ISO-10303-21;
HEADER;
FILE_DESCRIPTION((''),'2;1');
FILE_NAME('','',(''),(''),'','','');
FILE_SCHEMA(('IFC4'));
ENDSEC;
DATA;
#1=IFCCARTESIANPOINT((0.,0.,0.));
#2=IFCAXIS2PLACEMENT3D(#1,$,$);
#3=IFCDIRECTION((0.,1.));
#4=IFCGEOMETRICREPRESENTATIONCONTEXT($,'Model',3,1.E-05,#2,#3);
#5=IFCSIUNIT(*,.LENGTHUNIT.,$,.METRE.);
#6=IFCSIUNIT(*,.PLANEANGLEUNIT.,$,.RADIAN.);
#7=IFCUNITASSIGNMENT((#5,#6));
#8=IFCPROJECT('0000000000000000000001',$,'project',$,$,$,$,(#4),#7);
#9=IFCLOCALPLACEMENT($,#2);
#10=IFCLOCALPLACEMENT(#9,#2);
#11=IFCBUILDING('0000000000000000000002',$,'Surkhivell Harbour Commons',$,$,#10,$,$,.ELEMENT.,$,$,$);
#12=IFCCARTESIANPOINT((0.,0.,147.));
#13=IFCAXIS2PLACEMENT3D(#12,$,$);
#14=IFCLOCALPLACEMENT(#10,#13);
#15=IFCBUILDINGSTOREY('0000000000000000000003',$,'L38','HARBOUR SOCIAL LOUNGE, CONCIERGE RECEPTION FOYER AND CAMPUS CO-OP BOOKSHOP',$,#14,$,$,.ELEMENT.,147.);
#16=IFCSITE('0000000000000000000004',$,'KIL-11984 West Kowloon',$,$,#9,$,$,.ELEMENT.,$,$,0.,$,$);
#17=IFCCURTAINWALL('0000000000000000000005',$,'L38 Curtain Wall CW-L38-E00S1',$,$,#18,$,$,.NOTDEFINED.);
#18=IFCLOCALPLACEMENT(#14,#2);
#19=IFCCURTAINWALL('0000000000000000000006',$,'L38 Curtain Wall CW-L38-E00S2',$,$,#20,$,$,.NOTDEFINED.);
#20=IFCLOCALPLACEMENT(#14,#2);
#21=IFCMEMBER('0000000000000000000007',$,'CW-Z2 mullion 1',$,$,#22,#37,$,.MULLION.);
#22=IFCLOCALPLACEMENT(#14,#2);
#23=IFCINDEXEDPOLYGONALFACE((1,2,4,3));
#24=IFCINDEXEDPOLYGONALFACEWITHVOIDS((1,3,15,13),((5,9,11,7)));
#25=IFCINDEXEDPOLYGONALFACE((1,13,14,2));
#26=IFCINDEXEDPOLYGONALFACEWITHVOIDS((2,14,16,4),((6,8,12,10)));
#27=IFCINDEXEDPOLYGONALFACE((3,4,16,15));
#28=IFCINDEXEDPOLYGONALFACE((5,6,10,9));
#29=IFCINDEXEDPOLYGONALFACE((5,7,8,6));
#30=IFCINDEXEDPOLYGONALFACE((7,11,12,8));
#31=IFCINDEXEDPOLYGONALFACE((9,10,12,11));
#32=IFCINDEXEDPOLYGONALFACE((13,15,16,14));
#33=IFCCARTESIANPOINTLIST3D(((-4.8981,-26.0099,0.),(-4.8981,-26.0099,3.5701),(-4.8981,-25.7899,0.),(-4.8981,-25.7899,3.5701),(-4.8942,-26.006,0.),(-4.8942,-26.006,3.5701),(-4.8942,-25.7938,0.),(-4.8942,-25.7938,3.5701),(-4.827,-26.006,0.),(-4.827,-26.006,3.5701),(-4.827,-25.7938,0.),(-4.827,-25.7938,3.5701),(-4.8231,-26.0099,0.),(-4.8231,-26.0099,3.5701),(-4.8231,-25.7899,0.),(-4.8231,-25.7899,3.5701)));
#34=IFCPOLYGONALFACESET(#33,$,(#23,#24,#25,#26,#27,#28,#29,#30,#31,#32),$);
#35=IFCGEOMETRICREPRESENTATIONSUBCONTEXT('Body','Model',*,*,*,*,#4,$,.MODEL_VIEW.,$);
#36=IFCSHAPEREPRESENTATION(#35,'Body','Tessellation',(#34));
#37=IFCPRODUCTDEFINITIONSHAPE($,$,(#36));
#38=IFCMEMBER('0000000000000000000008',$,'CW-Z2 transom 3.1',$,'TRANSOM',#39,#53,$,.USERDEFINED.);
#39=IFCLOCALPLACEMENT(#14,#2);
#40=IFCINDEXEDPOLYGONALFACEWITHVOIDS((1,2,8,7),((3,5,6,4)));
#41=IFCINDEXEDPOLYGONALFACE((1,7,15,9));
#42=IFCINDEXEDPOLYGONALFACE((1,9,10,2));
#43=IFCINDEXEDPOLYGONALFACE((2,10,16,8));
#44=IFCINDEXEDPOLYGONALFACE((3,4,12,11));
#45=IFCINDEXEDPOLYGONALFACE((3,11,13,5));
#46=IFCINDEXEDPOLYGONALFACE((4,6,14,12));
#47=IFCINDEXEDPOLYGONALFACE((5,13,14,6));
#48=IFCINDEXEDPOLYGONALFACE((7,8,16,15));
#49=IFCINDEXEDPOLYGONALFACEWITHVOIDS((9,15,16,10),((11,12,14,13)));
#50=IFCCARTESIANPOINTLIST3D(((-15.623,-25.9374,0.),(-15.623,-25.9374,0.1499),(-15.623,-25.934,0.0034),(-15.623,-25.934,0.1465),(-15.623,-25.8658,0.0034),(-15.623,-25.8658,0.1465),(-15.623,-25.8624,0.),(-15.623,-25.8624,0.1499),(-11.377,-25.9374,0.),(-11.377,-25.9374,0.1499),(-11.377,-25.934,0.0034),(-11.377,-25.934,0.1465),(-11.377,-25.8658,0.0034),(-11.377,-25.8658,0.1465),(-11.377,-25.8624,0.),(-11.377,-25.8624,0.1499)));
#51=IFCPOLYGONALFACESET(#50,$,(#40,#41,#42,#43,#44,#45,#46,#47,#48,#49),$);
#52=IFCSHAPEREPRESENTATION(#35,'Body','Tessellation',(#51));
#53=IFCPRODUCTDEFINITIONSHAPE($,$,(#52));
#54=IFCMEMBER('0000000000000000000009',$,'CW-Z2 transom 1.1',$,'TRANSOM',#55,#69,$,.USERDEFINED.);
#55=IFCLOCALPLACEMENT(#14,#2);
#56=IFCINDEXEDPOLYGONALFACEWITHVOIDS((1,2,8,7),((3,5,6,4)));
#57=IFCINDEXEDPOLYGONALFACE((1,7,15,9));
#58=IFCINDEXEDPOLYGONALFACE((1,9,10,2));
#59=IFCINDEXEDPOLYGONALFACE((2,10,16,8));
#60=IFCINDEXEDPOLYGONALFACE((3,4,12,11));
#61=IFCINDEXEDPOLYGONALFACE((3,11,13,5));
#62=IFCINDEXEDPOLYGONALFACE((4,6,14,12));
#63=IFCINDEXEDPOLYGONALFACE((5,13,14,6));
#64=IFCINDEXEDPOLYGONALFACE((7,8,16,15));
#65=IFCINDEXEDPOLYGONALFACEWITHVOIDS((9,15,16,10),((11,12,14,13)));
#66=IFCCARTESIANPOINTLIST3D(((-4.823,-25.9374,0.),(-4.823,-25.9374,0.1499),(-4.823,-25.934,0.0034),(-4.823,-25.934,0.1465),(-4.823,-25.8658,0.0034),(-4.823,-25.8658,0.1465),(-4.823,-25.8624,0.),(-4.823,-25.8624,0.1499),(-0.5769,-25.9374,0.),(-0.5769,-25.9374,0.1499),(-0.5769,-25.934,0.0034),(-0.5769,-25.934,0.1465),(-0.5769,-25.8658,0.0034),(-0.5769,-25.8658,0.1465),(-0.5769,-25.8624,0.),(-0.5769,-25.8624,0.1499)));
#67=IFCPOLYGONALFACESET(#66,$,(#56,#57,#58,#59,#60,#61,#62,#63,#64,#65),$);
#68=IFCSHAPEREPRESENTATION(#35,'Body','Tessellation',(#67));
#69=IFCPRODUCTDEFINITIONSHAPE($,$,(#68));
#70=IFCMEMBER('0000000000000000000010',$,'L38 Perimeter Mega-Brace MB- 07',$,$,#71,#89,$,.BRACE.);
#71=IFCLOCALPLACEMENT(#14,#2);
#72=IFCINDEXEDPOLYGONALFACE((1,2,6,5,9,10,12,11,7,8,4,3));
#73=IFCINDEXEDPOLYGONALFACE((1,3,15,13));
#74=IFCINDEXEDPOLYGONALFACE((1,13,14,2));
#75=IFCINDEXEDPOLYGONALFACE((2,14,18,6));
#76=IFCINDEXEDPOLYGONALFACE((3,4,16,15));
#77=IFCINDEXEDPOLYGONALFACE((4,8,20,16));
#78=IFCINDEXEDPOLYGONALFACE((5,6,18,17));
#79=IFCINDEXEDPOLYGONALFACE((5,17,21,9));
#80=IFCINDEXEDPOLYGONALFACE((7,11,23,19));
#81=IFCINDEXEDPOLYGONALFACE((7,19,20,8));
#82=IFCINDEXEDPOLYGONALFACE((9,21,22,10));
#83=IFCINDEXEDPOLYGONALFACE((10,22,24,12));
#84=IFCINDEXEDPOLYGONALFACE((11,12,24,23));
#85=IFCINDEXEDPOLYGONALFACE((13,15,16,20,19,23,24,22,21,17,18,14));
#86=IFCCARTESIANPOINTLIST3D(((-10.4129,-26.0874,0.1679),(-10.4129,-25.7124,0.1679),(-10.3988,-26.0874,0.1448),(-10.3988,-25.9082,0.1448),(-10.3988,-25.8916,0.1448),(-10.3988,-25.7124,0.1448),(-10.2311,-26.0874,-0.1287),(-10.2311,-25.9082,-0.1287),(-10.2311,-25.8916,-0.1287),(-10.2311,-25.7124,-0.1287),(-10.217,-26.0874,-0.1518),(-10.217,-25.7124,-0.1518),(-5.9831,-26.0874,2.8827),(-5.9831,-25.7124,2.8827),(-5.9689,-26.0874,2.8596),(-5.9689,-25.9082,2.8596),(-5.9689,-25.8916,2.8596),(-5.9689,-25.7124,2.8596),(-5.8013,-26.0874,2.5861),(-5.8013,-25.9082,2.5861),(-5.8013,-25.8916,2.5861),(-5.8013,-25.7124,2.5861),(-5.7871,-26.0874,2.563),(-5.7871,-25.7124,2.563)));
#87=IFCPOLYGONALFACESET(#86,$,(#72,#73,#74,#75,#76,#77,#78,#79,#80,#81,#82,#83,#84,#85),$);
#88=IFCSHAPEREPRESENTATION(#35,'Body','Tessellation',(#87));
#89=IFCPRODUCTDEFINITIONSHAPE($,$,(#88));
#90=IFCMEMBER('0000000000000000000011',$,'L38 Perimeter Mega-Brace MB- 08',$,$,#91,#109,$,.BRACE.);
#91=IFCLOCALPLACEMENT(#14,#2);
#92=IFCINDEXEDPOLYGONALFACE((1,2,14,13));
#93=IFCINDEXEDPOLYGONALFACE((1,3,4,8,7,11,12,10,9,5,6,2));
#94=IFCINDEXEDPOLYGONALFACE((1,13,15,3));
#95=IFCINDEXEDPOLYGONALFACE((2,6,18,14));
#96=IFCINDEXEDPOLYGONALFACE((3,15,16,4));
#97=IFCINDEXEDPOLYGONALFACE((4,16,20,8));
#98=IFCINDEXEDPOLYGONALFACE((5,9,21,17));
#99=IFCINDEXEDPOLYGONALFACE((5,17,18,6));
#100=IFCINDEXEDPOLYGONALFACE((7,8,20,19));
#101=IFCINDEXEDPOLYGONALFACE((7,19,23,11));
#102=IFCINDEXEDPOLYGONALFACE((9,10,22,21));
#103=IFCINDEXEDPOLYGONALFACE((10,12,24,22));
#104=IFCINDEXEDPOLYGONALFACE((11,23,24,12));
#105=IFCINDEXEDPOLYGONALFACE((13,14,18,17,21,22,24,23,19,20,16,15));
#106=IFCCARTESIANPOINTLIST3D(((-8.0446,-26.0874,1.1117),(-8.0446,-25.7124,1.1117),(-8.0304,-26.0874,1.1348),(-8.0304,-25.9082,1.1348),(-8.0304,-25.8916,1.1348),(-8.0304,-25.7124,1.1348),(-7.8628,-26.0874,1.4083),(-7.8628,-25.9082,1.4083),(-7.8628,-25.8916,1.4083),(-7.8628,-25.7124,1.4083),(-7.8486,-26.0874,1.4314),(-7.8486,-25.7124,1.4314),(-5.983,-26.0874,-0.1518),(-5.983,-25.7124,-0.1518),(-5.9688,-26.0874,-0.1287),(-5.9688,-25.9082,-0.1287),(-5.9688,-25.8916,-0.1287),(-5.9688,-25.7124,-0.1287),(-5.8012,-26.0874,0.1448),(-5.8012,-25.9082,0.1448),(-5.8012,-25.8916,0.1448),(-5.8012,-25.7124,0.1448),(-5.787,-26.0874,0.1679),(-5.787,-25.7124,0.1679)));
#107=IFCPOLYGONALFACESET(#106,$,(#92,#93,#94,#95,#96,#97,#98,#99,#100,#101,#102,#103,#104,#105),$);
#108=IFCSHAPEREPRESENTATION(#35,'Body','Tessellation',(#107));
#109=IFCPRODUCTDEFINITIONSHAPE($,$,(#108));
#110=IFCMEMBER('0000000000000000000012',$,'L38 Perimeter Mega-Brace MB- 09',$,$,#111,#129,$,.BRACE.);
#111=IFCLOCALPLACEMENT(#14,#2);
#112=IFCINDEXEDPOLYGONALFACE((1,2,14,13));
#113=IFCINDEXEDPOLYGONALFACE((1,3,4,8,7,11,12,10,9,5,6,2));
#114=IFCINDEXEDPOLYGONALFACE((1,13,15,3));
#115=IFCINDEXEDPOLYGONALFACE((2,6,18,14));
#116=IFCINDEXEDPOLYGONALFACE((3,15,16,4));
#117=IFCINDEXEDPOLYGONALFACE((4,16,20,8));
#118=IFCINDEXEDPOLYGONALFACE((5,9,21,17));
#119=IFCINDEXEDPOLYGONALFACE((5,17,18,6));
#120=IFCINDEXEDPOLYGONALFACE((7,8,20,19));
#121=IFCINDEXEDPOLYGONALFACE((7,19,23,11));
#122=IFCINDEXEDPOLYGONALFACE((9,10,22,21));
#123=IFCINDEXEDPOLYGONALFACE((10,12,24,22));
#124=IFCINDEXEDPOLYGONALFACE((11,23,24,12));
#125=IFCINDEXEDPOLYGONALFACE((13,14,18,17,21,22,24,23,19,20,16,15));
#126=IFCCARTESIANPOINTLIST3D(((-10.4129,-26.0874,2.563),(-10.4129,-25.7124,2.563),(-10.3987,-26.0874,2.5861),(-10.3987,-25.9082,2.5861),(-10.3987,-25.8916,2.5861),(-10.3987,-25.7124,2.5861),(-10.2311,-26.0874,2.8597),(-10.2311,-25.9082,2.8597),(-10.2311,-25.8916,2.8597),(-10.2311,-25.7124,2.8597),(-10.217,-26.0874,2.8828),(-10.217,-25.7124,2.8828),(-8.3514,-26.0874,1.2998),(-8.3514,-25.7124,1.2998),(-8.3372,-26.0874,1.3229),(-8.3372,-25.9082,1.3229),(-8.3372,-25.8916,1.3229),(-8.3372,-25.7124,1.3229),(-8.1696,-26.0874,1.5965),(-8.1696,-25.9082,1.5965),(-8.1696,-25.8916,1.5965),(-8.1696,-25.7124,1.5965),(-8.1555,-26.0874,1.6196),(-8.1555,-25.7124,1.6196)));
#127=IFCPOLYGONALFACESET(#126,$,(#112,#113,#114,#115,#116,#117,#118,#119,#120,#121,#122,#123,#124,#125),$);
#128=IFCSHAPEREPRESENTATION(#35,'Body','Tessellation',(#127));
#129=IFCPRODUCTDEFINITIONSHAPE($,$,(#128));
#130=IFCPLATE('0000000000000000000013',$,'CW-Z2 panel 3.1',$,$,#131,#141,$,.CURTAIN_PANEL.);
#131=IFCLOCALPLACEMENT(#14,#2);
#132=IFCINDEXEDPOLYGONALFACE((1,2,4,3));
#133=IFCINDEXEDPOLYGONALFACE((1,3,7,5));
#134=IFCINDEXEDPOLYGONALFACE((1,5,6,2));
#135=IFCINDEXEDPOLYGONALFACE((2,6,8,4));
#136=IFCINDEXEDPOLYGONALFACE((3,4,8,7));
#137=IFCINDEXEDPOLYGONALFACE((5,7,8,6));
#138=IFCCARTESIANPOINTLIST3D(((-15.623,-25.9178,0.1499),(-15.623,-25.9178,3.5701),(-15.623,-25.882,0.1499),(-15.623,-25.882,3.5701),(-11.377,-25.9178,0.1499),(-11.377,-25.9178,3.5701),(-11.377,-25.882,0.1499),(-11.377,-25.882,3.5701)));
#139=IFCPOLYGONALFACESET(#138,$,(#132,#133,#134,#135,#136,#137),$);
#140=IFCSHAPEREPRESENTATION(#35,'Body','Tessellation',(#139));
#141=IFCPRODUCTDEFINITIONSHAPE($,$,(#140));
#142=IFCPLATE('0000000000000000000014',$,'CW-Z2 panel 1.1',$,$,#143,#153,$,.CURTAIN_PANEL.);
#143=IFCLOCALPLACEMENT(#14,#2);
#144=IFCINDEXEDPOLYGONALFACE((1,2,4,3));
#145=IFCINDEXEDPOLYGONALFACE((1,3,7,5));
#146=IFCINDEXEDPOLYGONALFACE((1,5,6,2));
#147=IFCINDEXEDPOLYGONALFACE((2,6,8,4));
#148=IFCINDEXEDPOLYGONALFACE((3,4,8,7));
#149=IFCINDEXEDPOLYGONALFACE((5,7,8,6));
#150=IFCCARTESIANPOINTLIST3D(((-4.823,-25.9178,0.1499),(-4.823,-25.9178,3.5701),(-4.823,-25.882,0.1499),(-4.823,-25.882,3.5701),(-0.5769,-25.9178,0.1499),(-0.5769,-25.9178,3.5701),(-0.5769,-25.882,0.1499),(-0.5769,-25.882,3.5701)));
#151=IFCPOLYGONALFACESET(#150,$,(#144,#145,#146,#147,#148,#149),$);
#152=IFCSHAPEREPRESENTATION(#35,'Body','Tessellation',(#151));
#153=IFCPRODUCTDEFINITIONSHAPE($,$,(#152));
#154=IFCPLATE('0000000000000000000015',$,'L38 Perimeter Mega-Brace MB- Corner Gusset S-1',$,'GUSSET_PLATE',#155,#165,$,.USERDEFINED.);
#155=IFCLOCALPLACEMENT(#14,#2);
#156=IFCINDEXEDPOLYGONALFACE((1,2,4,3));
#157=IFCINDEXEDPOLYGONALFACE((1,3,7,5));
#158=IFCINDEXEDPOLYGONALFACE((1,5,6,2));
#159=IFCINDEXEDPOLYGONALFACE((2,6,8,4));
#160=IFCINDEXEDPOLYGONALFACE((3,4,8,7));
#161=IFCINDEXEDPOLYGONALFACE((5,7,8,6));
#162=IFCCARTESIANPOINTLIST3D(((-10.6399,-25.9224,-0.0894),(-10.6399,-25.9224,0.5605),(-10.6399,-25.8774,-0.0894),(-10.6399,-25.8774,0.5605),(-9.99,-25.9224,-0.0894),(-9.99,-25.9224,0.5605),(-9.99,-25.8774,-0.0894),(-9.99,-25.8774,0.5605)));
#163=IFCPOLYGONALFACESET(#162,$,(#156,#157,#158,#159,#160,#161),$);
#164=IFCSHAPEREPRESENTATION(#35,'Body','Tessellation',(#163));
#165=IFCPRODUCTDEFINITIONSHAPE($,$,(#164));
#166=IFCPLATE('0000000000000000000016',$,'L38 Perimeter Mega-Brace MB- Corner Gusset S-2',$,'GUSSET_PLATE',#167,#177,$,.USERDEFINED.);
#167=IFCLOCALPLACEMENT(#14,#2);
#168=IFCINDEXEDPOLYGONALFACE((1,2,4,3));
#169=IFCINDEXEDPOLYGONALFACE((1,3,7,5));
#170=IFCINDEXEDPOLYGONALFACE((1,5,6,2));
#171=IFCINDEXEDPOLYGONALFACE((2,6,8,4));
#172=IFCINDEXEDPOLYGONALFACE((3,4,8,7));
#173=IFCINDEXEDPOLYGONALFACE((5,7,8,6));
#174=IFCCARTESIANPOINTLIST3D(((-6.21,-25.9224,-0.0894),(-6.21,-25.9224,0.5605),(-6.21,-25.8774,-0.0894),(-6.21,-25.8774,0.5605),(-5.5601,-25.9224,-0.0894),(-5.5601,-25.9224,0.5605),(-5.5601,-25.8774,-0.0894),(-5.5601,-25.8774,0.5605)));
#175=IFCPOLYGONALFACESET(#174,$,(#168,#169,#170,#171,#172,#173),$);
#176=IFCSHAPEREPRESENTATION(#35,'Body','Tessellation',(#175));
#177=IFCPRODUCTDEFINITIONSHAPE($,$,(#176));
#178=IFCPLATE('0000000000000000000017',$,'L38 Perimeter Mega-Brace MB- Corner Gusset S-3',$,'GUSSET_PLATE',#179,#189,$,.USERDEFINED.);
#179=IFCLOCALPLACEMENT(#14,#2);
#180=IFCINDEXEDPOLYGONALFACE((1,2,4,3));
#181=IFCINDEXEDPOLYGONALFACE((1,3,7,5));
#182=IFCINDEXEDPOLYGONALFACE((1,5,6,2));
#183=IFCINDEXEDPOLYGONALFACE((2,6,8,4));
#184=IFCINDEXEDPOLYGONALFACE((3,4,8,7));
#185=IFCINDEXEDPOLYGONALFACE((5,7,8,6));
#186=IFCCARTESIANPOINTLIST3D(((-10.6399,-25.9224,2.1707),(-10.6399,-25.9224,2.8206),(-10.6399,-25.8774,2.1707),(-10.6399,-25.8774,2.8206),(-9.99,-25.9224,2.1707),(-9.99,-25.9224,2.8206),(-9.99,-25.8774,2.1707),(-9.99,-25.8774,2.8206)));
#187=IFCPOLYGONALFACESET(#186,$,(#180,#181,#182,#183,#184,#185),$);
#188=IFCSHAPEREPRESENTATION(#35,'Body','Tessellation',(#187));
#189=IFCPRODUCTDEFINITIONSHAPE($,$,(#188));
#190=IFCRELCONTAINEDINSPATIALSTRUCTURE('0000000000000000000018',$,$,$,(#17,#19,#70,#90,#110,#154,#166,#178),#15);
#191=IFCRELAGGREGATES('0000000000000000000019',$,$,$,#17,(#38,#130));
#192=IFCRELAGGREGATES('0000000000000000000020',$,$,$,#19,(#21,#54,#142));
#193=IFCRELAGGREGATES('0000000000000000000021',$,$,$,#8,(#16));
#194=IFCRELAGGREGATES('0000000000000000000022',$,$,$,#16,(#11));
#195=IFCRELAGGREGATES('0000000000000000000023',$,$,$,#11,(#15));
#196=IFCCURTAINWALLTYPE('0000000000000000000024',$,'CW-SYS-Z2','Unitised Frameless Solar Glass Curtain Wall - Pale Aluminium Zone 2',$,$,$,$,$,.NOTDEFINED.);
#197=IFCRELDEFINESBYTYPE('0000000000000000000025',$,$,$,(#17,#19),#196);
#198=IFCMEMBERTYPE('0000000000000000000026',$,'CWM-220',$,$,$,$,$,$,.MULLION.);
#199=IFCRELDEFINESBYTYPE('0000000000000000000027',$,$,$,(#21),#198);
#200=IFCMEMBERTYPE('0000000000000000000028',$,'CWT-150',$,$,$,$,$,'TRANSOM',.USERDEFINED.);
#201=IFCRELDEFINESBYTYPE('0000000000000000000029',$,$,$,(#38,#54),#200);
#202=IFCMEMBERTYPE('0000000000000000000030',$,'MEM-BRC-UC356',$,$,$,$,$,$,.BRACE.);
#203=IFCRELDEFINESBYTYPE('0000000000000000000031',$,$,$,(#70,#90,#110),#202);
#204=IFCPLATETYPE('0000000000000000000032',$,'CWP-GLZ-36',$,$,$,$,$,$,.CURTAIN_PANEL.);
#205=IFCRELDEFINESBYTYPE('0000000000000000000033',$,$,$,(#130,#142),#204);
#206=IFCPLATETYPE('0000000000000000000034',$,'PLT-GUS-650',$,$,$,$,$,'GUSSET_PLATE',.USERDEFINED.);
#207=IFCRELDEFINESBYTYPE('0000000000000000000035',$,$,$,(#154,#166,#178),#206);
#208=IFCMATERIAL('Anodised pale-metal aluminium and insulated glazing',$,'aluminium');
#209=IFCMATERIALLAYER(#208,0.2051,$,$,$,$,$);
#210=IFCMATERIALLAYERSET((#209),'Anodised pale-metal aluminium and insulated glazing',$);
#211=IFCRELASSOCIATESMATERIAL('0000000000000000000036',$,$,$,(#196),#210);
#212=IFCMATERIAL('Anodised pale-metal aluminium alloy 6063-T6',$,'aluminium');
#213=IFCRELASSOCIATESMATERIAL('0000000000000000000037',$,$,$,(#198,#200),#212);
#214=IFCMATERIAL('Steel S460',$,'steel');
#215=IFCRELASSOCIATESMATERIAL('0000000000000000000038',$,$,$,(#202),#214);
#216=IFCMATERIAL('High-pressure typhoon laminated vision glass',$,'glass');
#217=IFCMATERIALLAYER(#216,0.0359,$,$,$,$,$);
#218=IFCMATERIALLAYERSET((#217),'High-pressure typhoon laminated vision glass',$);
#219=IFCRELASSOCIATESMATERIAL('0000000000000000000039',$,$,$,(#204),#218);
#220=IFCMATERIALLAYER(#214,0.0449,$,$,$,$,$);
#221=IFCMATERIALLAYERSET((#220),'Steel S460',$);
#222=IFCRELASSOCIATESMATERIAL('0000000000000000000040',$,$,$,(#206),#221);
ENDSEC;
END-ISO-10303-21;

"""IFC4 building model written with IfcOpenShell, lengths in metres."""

from ifc_helpers import new_model, si_unit, direction, frame, frame_2d, origin, origin_2d, place, context, subcontext, project, spatial, rectangle, hollow_rectangle, i_section, extrude, material, layer, layer_set, material_profile, profile_set, type_object, element, aggregate, save


model = new_model("IFC4")

# Units and contexts
model_context = context("Model", 3, precision=1e-05, world=origin(), true_north=direction((0.0, 1.0)))
body_context = subcontext(model_context, "Body", "Model", "MODEL_VIEW")
ifc_project = project(units=[si_unit("LENGTHUNIT", "METRE"), si_unit("PLANEANGLEUNIT", "RADIAN")], contexts=[model_context])

# Site, building, storey
site_placement = place(None, origin())
site = spatial("IfcSite", under=ifc_project, at=site_placement, Name="KIL-11984 West Kowloon", CompositionType="ELEMENT", RefElevation=0.0)
building_placement = place(site_placement, origin())
building = spatial("IfcBuilding", under=site, at=building_placement, Name="Surkhivell Harbour Commons", CompositionType="ELEMENT")
storey_placement = place(building_placement, frame((0.0, 0.0, 147.0)))
storey = spatial("IfcBuildingStorey", under=building, at=storey_placement, Name="L38", Description="HARBOUR SOCIAL LOUNGE, CONCIERGE RECEPTION FOYER AND CAMPUS CO-OP BOOKSHOP", CompositionType="ELEMENT", Elevation=147.0)

# Shared definitions
ifc_material_1 = material(Name="Steel S460", Category="steel")

# Curtain wall
ifc_material_2 = material(Name="Anodised pale-metal aluminium and insulated glazing", Category="aluminium")
ifc_layer_1 = layer(ifc_material_2, 0.2051)
ifc_layer_set_1 = layer_set([ifc_layer_1], Name="Anodised pale-metal aluminium and insulated glazing")
curtain_wall_type = type_object("IfcCurtainWallType", Name="CW-SYS-Z2", Description="Unitised Frameless Solar Glass Curtain Wall - Pale Aluminium Zone 2", PredefinedType="NOTDEFINED", material=ifc_layer_set_1)
curtain_wall_1_placement = place(storey_placement, origin())
curtain_wall_1 = element("IfcCurtainWall", 1, at=curtain_wall_1_placement, inside=storey, type_object=curtain_wall_type, Name="L38 Curtain Wall CW-L38-E00S1", PredefinedType="NOTDEFINED")
ifc_material_3 = material(Name="Anodised pale-metal aluminium alloy 6063-T6", Category="aluminium")
ifc_material_profile_1 = material_profile(ifc_material_3, hollow_rectangle(XDim=0.075, YDim=0.22, WallThickness=0.0039, at=origin_2d()), Name="ALU-MULL-75x220")
ifc_profile_set_1 = profile_set([ifc_material_profile_1], Name="Anodised pale-metal aluminium alloy 6063-T6")
member_type_1 = type_object("IfcMemberType", Name="CWM-220", PredefinedType="MULLION", material=ifc_profile_set_1)

# Curtain wall, member
curtain_wall_2_placement = place(storey_placement, origin())
curtain_wall_2 = element("IfcCurtainWall", 2, at=curtain_wall_2_placement, inside=storey, type_object=curtain_wall_type, Name="L38 Curtain Wall CW-L38-E00S2", PredefinedType="NOTDEFINED")
member_1_placement = place(storey_placement, frame((-4.8606, -25.8999, 0.0), z_axis=(0.0, 0.0, 1.0), x_axis=(1.0, 0.0, 0.0)))
member_1 = element("IfcMember", 3, at=member_1_placement, type_object=member_type_1, Name="CW-Z2 mullion 1", PredefinedType="MULLION", context=body_context, shape_type="SweptSolid", body=[
    extrude(hollow_rectangle(XDim=0.075, YDim=0.22, WallThickness=0.0039, at=origin_2d()), origin(), (0.0, 0.0, 1.0), 3.5701),
])

# Members
ifc_material_profile_2 = material_profile(ifc_material_3, hollow_rectangle(XDim=0.075, YDim=0.1499, WallThickness=0.0034, at=origin_2d()), Name="ALU-TRAN-75x150")
ifc_profile_set_2 = profile_set([ifc_material_profile_2], Name="Anodised pale-metal aluminium alloy 6063-T6")
member_type_2 = type_object("IfcMemberType", Name="CWT-150", ElementType="TRANSOM", PredefinedType="USERDEFINED", material=ifc_profile_set_2)
member_2_placement = place(storey_placement, frame((-15.623, -25.8999, 0.075), z_axis=(1.0, 0.0, 0.0), x_axis=(0.0, 1.0, 0.0)))
member_2 = element("IfcMember", 4, at=member_2_placement, type_object=member_type_2, Name="CW-Z2 transom 3.1", ObjectType="TRANSOM", PredefinedType="USERDEFINED", context=body_context, shape_type="SweptSolid", body=[
    extrude(hollow_rectangle(XDim=0.075, YDim=0.1499, WallThickness=0.0034, at=origin_2d()), origin(), (0.0, 0.0, 1.0), 4.2461),
])
member_3_placement = place(storey_placement, frame((-4.823, -25.8999, 0.075), z_axis=(1.0, 0.0, 0.0), x_axis=(0.0, 1.0, 0.0)))
member_3 = element("IfcMember", 5, at=member_3_placement, type_object=member_type_2, Name="CW-Z2 transom 1.1", ObjectType="TRANSOM", PredefinedType="USERDEFINED", context=body_context, shape_type="SweptSolid", body=[
    extrude(hollow_rectangle(XDim=0.075, YDim=0.1499, WallThickness=0.0034, at=origin_2d()), origin(), (0.0, 0.0, 1.0), 4.2461),
])

# Members
ifc_material_profile_3 = material_profile(ifc_material_1, i_section(OverallWidth=0.375, OverallDepth=0.375, WebThickness=0.0166, FlangeThickness=0.0271, at=origin_2d()), Name="UC356x368x202")
ifc_profile_set_3 = profile_set([ifc_material_profile_3], Name="Steel S460")
member_type_3 = type_object("IfcMemberType", Name="MEM-BRC-UC356", PredefinedType="BRACE", material=ifc_profile_set_3)
member_4_placement = place(storey_placement, frame((-10.3149, -25.8999, 0.0081), z_axis=(0.852625, 0.0, 0.522523), x_axis=(0.0, 1.0, 0.0)))
element("IfcMember", 6, at=member_4_placement, inside=storey, type_object=member_type_3, Name="L38 Perimeter Mega-Brace MB- 07", PredefinedType="BRACE", context=body_context, shape_type="SweptSolid", body=[
    extrude(i_section(OverallWidth=0.375, OverallDepth=0.375, WebThickness=0.0166, FlangeThickness=0.0271, at=origin_2d()), origin(), (0.0, 0.0, 1.0), 5.1956),
])
member_5_placement = place(storey_placement, frame((-5.885, -25.8999, 0.0081), z_axis=(-0.852617, 0.0, 0.522536), x_axis=(0.0, -1.0, 0.0)))
element("IfcMember", 7, at=member_5_placement, inside=storey, type_object=member_type_3, Name="L38 Perimeter Mega-Brace MB- 08", PredefinedType="BRACE", context=body_context, shape_type="SweptSolid", body=[
    extrude(i_section(OverallWidth=0.375, OverallDepth=0.375, WebThickness=0.0166, FlangeThickness=0.0271, at=origin_2d()), origin(), (0.0, 0.0, 1.0), 2.418),
])
member_6_placement = place(storey_placement, frame((-8.2534, -25.8999, 1.4597), z_axis=(-0.852662, 0.0, 0.522463), x_axis=(0.0, -1.0, 0.0)))
element("IfcMember", 8, at=member_6_placement, inside=storey, type_object=member_type_3, Name="L38 Perimeter Mega-Brace MB- 09", PredefinedType="BRACE", context=body_context, shape_type="SweptSolid", body=[
    extrude(i_section(OverallWidth=0.375, OverallDepth=0.375, WebThickness=0.0166, FlangeThickness=0.0271, at=origin_2d()), origin(), (0.0, 0.0, 1.0), 2.4177),
])

# Plates
ifc_material_4 = material(Name="High-pressure typhoon laminated vision glass", Category="glass")
ifc_layer_2 = layer(ifc_material_4, 0.0359)
ifc_layer_set_2 = layer_set([ifc_layer_2], Name="High-pressure typhoon laminated vision glass")
plate_type_1 = type_object("IfcPlateType", Name="CWP-GLZ-36", PredefinedType="CURTAIN_PANEL", material=ifc_layer_set_2)
plate_1_placement = place(storey_placement, frame((-15.623, -25.8999, 0.1499), z_axis=(0.0, 0.0, 1.0), x_axis=(1.0, 0.0, 0.0)))
plate_1 = element("IfcPlate", 9, at=plate_1_placement, type_object=plate_type_1, Name="CW-Z2 panel 3.1", PredefinedType="CURTAIN_PANEL", context=body_context, shape_type="SweptSolid", body=[
    extrude(rectangle(XDim=4.2461, YDim=0.0359, at=frame_2d((2.123, 0.0))), origin(), (0.0, 0.0, 1.0), 3.4202),
])
aggregate(curtain_wall_1, [member_2, plate_1])
plate_2_placement = place(storey_placement, frame((-4.823, -25.8999, 0.1499), z_axis=(0.0, 0.0, 1.0), x_axis=(1.0, 0.0, 0.0)))
plate_2 = element("IfcPlate", 10, at=plate_2_placement, type_object=plate_type_1, Name="CW-Z2 panel 1.1", PredefinedType="CURTAIN_PANEL", context=body_context, shape_type="SweptSolid", body=[
    extrude(rectangle(XDim=4.2461, YDim=0.0359, at=frame_2d((2.123, 0.0))), origin(), (0.0, 0.0, 1.0), 3.4202),
])
aggregate(curtain_wall_2, [member_1, member_3, plate_2])

# Plates
ifc_layer_3 = layer(ifc_material_1, 0.0449)
ifc_layer_set_3 = layer_set([ifc_layer_3], Name="Steel S460")
plate_type_2 = type_object("IfcPlateType", Name="PLT-GUS-650", ElementType="GUSSET_PLATE", PredefinedType="USERDEFINED", material=ifc_layer_set_3)
for number, where, z_axis, x_axis, name in (
    (11, (-10.3149, -25.8999, -0.0894), (0.0, 0.0, 1.0), (1.0, 0.0, 0.0), "L38 Perimeter Mega-Brace MB- Corner Gusset S-1"),
    (12, (-5.885, -25.8999, -0.0894), (0.0, 0.0, 1.0), (1.0, 0.0, 0.0), "L38 Perimeter Mega-Brace MB- Corner Gusset S-2"),
    (13, (-10.3149, -25.8999, 2.1707), (0.0, 0.0, 1.0), (1.0, 0.0, 0.0), "L38 Perimeter Mega-Brace MB- Corner Gusset S-3"),
):
    element("IfcPlate", number, at=place(storey_placement, frame(where, z_axis=z_axis, x_axis=x_axis)), inside=storey, type_object=plate_type_2, Name=name, ObjectType="GUSSET_PLATE", PredefinedType="USERDEFINED", context=body_context, shape_type="SweptSolid", body=[
        extrude(rectangle(XDim=0.6499, YDim=0.0449, at=origin_2d()), origin(), (0.0, 0.0, 1.0), 0.6499),
    ])

save(model, "model.ifc")
